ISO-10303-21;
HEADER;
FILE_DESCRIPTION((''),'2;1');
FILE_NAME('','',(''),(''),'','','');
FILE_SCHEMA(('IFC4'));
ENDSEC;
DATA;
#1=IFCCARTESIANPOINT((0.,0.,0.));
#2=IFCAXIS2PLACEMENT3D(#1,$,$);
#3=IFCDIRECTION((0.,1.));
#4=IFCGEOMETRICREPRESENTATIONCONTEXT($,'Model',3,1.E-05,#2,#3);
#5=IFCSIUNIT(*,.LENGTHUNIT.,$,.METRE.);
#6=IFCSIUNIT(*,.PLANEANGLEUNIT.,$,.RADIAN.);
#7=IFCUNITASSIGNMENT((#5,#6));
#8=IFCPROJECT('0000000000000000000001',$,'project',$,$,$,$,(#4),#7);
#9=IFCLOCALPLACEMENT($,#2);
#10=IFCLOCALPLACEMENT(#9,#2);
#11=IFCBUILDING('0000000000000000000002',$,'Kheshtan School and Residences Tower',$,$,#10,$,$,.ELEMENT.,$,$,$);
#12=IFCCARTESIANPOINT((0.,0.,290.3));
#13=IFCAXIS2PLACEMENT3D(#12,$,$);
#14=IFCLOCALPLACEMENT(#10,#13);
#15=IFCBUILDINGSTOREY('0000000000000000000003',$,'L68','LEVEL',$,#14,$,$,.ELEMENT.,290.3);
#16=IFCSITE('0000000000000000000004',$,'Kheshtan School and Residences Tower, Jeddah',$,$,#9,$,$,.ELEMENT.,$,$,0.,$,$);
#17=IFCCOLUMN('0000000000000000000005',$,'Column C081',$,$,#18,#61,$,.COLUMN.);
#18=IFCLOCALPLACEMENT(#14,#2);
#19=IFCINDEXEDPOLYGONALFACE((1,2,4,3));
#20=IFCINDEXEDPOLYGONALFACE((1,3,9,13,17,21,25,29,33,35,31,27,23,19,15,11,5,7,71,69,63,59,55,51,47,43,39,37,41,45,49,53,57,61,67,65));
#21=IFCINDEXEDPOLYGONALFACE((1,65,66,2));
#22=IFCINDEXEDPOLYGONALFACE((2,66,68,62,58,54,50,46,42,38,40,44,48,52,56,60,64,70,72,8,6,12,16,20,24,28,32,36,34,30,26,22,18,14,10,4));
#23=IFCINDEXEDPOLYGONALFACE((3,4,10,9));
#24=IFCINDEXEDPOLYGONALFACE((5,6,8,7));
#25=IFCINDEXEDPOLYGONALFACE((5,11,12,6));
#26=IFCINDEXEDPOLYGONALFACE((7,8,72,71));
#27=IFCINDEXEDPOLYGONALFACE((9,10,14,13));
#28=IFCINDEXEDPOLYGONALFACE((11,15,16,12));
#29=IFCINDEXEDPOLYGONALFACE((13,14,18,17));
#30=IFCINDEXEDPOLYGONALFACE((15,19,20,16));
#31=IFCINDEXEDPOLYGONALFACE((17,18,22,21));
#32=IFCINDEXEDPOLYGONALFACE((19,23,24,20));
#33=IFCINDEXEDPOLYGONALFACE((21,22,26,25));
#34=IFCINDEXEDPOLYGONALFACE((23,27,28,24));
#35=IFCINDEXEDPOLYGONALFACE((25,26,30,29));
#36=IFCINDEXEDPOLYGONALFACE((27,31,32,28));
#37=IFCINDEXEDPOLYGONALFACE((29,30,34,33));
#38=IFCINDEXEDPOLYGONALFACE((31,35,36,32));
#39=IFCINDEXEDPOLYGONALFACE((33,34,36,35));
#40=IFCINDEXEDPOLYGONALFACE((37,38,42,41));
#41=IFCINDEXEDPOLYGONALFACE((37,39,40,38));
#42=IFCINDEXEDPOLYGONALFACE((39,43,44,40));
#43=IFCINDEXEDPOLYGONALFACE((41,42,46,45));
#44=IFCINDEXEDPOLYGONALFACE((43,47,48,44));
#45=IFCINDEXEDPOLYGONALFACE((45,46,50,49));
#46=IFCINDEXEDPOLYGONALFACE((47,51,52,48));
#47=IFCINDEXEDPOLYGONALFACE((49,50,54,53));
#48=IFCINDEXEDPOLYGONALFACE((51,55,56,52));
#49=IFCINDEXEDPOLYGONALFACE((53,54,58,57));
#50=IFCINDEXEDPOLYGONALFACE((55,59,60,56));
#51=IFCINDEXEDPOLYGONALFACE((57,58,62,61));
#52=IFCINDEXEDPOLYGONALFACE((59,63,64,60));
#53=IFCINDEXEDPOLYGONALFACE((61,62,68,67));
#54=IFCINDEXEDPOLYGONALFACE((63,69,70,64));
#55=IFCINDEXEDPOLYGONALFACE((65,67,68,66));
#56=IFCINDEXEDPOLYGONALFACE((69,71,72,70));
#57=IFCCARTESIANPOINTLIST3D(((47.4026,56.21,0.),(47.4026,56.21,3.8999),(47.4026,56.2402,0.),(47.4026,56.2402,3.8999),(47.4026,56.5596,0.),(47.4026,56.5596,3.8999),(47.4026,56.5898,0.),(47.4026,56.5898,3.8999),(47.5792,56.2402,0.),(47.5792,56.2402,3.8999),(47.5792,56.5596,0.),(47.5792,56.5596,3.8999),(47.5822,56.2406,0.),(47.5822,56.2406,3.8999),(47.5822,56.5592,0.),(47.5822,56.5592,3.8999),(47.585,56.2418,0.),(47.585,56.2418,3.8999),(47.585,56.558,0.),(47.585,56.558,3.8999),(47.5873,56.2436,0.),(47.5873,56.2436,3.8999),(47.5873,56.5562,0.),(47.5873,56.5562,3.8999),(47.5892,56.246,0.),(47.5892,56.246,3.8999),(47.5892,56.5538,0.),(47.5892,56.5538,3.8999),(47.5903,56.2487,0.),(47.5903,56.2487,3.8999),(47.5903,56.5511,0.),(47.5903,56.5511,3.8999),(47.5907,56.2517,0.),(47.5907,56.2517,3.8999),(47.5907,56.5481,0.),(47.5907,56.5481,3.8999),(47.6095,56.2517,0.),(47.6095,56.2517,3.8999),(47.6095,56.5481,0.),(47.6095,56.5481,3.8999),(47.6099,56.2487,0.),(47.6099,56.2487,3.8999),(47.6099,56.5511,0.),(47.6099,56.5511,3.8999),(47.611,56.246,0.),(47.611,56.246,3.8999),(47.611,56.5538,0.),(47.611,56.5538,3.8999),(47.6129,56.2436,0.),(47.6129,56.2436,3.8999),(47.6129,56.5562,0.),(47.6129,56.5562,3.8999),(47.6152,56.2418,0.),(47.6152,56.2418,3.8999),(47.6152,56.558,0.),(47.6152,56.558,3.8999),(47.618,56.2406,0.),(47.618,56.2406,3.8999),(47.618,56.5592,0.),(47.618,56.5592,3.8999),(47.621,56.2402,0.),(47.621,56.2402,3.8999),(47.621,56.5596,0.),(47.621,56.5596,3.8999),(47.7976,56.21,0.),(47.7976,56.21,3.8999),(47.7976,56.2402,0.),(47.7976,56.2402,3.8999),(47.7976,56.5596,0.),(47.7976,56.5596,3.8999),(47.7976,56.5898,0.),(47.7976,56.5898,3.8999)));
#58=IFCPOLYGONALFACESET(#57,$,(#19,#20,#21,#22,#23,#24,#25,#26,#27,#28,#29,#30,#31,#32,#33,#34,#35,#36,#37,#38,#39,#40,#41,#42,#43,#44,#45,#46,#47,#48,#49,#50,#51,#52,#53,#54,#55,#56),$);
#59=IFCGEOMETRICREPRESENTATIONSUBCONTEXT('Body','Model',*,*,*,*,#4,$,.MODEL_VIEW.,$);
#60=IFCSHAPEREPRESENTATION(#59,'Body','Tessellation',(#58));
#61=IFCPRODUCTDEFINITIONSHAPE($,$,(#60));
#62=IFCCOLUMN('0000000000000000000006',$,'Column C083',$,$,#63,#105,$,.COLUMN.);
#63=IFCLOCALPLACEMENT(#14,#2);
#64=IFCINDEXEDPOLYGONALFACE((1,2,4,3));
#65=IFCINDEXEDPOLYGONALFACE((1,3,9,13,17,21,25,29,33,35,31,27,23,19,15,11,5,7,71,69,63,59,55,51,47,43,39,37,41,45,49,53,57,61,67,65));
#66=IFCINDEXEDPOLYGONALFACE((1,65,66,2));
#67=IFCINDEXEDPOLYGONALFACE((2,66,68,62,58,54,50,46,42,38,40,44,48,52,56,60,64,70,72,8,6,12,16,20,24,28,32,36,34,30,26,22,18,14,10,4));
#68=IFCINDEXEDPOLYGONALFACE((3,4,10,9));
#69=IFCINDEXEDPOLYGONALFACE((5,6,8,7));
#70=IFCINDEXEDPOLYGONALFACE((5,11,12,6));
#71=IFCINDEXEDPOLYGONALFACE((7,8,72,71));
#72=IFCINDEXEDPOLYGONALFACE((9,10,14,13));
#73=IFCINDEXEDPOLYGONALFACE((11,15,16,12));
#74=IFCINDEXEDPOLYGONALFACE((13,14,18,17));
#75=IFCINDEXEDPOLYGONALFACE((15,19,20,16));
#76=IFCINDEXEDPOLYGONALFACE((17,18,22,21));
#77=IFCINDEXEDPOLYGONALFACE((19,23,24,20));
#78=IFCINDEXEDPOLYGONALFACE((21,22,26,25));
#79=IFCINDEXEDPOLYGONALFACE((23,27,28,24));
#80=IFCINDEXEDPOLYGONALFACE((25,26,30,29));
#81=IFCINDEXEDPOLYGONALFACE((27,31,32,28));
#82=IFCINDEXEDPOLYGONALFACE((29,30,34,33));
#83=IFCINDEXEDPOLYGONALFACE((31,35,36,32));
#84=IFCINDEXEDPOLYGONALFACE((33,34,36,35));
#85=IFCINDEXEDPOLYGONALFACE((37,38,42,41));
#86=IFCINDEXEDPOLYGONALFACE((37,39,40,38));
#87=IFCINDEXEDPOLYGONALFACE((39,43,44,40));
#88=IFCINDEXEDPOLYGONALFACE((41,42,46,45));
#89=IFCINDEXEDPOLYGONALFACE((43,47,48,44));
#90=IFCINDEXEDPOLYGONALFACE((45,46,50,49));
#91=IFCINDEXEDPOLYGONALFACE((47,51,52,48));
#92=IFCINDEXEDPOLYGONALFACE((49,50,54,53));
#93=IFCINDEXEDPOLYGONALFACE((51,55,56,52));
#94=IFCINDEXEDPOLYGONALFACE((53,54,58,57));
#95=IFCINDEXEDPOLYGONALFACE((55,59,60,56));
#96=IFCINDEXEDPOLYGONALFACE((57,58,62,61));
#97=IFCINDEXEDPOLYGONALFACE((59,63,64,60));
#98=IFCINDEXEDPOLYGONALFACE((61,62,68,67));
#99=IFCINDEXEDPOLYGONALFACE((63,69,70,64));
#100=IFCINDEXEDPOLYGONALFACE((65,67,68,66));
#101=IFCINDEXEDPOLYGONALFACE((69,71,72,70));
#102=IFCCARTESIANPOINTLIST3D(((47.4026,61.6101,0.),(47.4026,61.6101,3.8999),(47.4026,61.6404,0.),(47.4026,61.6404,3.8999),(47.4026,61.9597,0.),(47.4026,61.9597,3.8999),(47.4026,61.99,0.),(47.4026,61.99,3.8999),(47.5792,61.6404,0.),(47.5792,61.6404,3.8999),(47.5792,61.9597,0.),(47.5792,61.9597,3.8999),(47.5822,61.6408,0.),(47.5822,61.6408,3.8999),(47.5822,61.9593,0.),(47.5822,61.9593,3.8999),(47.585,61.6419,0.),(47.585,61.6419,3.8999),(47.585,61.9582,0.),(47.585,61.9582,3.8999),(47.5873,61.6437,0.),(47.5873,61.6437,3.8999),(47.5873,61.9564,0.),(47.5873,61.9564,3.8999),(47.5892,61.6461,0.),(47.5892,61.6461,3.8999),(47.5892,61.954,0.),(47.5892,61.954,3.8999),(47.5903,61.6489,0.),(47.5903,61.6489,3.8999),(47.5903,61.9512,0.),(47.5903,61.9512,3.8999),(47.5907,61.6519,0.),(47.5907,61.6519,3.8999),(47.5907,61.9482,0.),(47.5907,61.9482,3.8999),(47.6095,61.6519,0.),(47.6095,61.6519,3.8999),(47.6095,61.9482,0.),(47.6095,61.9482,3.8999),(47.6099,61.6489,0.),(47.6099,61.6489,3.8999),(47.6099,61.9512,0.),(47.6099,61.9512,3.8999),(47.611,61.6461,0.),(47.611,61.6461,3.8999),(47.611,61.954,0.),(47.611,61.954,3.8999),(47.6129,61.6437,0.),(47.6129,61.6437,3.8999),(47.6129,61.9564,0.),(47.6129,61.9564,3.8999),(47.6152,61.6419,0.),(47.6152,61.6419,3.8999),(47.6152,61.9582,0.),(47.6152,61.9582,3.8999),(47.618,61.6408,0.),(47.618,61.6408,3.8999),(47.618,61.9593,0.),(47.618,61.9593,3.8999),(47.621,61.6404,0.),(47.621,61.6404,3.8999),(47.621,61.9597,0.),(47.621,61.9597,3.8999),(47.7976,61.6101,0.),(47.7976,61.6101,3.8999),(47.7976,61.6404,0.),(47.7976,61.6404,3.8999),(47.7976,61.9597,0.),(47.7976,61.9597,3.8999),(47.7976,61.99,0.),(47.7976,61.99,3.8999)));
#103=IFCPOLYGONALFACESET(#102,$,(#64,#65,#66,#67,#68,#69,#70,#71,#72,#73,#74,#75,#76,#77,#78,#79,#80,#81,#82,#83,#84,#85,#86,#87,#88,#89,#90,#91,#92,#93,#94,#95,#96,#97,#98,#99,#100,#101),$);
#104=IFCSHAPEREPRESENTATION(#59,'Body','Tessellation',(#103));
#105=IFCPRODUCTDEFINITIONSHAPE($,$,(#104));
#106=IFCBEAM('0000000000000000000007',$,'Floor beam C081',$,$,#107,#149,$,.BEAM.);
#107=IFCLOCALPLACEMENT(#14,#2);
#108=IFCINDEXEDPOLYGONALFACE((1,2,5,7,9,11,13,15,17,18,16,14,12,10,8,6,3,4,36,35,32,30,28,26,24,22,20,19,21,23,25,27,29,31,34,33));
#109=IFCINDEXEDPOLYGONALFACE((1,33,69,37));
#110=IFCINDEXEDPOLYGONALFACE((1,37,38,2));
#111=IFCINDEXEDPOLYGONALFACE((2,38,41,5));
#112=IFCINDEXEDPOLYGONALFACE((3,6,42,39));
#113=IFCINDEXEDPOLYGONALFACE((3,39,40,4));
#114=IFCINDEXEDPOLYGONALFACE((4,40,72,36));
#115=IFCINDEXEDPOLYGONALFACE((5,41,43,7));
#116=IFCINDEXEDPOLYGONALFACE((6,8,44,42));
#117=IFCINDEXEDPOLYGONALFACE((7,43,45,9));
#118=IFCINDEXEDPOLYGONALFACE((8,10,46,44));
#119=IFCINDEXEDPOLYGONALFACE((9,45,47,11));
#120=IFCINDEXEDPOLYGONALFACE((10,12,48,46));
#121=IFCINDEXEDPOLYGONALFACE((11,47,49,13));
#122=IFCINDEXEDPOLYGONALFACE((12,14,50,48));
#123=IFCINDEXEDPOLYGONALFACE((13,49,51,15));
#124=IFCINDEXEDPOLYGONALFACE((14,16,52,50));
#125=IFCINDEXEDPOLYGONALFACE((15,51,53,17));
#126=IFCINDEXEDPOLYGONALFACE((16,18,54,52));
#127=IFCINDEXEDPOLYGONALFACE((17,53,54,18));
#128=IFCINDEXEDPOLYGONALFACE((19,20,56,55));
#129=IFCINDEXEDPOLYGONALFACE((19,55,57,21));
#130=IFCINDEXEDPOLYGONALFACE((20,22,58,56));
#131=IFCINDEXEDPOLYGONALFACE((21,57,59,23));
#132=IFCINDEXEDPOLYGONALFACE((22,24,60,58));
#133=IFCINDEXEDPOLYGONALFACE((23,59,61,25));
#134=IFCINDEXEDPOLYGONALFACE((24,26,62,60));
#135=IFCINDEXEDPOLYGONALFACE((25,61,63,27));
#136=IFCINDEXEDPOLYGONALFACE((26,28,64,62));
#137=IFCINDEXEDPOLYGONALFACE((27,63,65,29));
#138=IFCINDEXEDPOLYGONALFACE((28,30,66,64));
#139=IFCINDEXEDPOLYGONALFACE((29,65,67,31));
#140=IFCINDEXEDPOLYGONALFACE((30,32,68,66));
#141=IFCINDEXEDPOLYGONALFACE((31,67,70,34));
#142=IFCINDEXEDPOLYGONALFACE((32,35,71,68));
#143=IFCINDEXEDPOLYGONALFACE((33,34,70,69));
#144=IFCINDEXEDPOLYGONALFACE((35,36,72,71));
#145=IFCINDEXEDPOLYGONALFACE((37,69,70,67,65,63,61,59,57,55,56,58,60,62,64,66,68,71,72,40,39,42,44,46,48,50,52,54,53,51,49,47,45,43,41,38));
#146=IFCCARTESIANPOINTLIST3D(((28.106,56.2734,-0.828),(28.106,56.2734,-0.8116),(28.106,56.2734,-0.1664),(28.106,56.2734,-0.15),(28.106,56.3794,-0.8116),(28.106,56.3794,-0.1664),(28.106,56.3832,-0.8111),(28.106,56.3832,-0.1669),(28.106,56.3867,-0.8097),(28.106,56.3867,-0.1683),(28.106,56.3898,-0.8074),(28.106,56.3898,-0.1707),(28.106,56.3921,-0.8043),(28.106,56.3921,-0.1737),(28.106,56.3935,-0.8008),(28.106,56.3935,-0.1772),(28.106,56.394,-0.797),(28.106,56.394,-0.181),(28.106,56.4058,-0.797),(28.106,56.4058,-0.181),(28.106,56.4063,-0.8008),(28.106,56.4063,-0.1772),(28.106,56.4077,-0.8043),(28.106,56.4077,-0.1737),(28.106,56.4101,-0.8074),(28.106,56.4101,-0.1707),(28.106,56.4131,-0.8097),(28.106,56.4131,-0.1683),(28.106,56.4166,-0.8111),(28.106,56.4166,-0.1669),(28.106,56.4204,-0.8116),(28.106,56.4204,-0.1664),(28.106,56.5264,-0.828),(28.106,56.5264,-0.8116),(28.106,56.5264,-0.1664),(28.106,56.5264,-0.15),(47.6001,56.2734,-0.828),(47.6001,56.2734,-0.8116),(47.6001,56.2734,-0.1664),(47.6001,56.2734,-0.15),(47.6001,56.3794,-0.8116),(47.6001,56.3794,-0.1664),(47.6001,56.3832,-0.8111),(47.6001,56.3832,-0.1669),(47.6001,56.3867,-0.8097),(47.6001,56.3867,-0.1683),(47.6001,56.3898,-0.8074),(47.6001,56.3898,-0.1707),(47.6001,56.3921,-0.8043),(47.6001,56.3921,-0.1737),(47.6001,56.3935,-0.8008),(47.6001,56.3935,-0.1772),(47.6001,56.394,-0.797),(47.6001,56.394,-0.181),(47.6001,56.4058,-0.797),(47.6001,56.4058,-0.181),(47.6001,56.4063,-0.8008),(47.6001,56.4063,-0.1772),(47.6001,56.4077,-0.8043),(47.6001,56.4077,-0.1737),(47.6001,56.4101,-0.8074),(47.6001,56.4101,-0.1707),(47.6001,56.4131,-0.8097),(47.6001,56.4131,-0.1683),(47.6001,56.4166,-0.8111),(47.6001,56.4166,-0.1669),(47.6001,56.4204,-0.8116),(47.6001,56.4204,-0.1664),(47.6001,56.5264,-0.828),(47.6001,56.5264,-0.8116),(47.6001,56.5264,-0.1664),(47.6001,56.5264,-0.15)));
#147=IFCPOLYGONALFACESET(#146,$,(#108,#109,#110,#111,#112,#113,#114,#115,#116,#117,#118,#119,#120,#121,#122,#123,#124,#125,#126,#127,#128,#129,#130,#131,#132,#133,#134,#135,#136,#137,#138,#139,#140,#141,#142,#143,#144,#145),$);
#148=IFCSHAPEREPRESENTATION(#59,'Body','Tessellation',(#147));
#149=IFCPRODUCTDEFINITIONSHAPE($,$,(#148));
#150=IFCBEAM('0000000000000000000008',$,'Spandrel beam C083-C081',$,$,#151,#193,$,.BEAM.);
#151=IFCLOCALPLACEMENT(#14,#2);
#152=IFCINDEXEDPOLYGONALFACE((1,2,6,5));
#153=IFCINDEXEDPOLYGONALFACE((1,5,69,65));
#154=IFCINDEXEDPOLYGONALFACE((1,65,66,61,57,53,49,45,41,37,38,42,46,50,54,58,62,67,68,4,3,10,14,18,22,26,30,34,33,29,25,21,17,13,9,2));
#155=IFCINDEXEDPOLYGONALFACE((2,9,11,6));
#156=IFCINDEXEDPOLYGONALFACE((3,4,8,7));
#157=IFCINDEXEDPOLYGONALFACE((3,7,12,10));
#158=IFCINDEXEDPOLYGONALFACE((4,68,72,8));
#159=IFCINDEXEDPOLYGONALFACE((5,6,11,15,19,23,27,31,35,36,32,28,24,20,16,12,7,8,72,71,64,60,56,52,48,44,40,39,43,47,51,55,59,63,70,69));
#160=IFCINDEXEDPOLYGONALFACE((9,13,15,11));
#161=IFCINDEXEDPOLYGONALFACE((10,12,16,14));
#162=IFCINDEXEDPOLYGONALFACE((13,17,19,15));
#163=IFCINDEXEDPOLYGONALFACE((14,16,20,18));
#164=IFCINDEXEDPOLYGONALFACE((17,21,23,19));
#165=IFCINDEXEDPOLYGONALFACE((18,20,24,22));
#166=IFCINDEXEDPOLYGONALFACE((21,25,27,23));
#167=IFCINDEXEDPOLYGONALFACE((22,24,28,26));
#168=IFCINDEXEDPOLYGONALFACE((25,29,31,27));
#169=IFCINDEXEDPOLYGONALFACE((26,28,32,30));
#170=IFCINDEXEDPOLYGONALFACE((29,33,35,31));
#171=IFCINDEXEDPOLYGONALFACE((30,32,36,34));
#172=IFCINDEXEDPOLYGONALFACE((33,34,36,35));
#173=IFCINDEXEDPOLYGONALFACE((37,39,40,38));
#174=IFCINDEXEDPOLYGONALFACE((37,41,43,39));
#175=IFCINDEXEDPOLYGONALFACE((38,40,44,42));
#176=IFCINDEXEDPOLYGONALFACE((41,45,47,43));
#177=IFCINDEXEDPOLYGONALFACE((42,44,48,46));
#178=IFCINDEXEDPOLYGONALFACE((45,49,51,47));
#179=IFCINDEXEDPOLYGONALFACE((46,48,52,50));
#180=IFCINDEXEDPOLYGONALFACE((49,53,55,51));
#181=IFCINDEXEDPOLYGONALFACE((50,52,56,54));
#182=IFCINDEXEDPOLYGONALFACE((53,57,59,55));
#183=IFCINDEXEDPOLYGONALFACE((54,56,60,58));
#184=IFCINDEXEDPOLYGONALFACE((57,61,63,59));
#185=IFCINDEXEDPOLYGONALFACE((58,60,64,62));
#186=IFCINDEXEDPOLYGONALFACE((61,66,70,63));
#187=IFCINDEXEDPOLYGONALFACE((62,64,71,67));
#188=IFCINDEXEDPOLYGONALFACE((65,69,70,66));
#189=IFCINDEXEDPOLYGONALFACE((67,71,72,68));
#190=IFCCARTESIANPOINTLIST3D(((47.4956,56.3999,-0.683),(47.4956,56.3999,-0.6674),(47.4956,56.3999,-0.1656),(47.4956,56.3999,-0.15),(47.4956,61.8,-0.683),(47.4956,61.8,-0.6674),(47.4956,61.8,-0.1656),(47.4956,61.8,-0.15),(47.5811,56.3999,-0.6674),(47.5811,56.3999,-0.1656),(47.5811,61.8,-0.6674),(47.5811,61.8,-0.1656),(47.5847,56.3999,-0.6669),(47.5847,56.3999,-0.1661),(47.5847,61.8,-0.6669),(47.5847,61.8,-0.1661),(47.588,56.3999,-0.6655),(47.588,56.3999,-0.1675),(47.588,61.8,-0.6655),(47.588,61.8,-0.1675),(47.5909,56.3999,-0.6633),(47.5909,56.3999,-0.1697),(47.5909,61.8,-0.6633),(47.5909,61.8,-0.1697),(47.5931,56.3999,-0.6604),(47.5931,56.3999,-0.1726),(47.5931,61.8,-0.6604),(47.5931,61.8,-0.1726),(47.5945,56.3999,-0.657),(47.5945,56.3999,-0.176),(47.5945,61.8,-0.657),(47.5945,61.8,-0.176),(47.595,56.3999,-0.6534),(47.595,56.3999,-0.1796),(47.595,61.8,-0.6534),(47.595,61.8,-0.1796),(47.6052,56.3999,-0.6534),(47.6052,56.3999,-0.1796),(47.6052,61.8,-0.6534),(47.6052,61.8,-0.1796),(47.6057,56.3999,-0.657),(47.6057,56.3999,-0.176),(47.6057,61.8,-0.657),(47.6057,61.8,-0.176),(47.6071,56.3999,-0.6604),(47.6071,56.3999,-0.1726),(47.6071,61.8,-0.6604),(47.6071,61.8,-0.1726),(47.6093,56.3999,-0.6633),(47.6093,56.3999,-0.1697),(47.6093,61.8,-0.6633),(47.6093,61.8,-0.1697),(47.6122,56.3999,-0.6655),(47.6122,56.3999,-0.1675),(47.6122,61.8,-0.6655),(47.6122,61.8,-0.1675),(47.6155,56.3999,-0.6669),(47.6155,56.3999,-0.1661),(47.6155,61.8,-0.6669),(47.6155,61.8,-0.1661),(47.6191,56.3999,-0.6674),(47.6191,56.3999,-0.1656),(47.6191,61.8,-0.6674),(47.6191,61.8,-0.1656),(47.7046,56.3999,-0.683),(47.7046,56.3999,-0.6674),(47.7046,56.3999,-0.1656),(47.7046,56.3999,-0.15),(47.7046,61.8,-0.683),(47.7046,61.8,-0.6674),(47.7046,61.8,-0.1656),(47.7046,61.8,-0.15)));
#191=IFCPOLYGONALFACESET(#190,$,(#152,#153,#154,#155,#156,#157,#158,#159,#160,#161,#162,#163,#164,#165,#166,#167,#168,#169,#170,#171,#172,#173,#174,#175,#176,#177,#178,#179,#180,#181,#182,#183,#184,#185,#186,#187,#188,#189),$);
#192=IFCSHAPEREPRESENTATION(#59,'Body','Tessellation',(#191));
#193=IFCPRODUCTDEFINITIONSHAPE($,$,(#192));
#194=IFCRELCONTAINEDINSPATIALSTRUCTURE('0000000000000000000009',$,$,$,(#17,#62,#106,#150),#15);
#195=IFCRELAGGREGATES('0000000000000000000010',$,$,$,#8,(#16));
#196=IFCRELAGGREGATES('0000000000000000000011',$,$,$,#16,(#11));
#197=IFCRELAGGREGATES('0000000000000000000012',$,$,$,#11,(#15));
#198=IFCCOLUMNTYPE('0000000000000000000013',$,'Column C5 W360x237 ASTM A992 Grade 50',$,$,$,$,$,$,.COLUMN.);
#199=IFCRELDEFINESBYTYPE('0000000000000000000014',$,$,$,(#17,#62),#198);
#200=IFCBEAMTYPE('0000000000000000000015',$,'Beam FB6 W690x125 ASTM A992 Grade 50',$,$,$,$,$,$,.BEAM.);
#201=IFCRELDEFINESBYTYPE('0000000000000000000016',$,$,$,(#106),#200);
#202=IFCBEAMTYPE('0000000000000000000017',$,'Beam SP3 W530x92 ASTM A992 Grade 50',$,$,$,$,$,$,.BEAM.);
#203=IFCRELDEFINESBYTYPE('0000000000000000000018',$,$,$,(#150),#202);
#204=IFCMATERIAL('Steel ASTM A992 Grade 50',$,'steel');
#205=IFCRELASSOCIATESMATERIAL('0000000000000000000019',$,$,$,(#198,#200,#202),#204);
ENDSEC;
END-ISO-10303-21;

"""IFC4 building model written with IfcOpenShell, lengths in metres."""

from ifc_helpers import new_model, si_unit, direction, frame, origin, origin_2d, place, context, subcontext, project, spatial, i_section, extrude, material, material_profile, profile_set, type_object, element, save


model = new_model("IFC4")

# Units and contexts
model_context = context("Model", 3, precision=1e-05, world=origin(), true_north=direction((0.0, 1.0)))
body_context = subcontext(model_context, "Body", "Model", "MODEL_VIEW")
ifc_project = project(units=[si_unit("LENGTHUNIT", "METRE"), si_unit("PLANEANGLEUNIT", "RADIAN")], contexts=[model_context])

# Site, building, storey
site_placement = place(None, origin())
site = spatial("IfcSite", under=ifc_project, at=site_placement, Name="Kheshtan School and Residences Tower, Jeddah", CompositionType="ELEMENT", RefElevation=0.0)
building_placement = place(site_placement, origin())
building = spatial("IfcBuilding", under=site, at=building_placement, Name="Kheshtan School and Residences Tower", CompositionType="ELEMENT")
storey_placement = place(building_placement, frame((0.0, 0.0, 290.3)))
storey = spatial("IfcBuildingStorey", under=building, at=storey_placement, Name="L68", Description="LEVEL", CompositionType="ELEMENT", Elevation=290.3)

# Columns
ifc_material_1 = material(Name="Steel ASTM A992 Grade 50", Category="steel")
ifc_material_profile_1 = material_profile(ifc_material_1, i_section(OverallWidth=0.395, OverallDepth=0.3799, WebThickness=0.0188, FlangeThickness=0.0303, FilletRadius=0.0115, at=origin_2d()), Name="W360x237")
ifc_profile_set_1 = profile_set([ifc_material_profile_1], Name="Steel ASTM A992 Grade 50")
column_type = type_object("IfcColumnType", Name="Column C5 W360x237 ASTM A992 Grade 50", PredefinedType="COLUMN", material=ifc_profile_set_1)
for number, where, z_axis, x_axis, name in (
    (1, (47.6001, 56.3999, 0.0), (0.0, 0.0, 1.0), (1.0, 0.0, 0.0), "Column C081"),
    (2, (47.6001, 61.8, 0.0), (0.0, 0.0, 1.0), (1.0, 0.0, 0.0), "Column C083"),
):
    element("IfcColumn", number, at=place(storey_placement, frame(where, z_axis=z_axis, x_axis=x_axis)), inside=storey, type_object=column_type, Name=name, PredefinedType="COLUMN", context=body_context, shape_type="SweptSolid", body=[
        extrude(i_section(OverallWidth=0.395, OverallDepth=0.3799, WebThickness=0.0188, FlangeThickness=0.0303, FilletRadius=0.0115, at=origin_2d()), origin(), (0.0, 0.0, 1.0), 3.8999),
    ])

# Beams
ifc_material_profile_2 = material_profile(ifc_material_1, i_section(OverallWidth=0.2529, OverallDepth=0.678, WebThickness=0.0117, FlangeThickness=0.0164, FilletRadius=0.0146, at=origin_2d()), Name="W690x125")
ifc_profile_set_2 = profile_set([ifc_material_profile_2], Name="Steel ASTM A992 Grade 50")
beam_type_1 = type_object("IfcBeamType", Name="Beam FB6 W690x125 ASTM A992 Grade 50", PredefinedType="BEAM", material=ifc_profile_set_2)
beam_1_placement = place(storey_placement, frame((47.6001, 56.3999, -0.489), z_axis=(-1.0, 0.0, 0.0), x_axis=(0.0, -1.0, 0.0)))
element("IfcBeam", 3, at=beam_1_placement, inside=storey, type_object=beam_type_1, Name="Floor beam C081", PredefinedType="BEAM", context=body_context, shape_type="SweptSolid", body=[
    extrude(i_section(OverallWidth=0.2529, OverallDepth=0.678, WebThickness=0.0117, FlangeThickness=0.0164, FilletRadius=0.0146, at=origin_2d()), origin(), (0.0, 0.0, 1.0), 19.4941),
])
ifc_material_profile_3 = material_profile(ifc_material_1, i_section(OverallWidth=0.209, OverallDepth=0.533, WebThickness=0.0103, FlangeThickness=0.0156, FilletRadius=0.0139, at=origin_2d()), Name="W530x92")
ifc_profile_set_3 = profile_set([ifc_material_profile_3], Name="Steel ASTM A992 Grade 50")
beam_type_2 = type_object("IfcBeamType", Name="Beam SP3 W530x92 ASTM A992 Grade 50", PredefinedType="BEAM", material=ifc_profile_set_3)
beam_2_placement = place(storey_placement, frame((47.6001, 61.8, -0.4165), z_axis=(0.0, -1.0, 0.0), x_axis=(1.0, 0.0, 0.0)))
element("IfcBeam", 4, at=beam_2_placement, inside=storey, type_object=beam_type_2, Name="Spandrel beam C083-C081", PredefinedType="BEAM", context=body_context, shape_type="SweptSolid", body=[
    extrude(i_section(OverallWidth=0.209, OverallDepth=0.533, WebThickness=0.0103, FlangeThickness=0.0156, FilletRadius=0.0139, at=origin_2d()), origin(), (0.0, 0.0, 1.0), 5.4001),
])

save(model, "model.ifc")
